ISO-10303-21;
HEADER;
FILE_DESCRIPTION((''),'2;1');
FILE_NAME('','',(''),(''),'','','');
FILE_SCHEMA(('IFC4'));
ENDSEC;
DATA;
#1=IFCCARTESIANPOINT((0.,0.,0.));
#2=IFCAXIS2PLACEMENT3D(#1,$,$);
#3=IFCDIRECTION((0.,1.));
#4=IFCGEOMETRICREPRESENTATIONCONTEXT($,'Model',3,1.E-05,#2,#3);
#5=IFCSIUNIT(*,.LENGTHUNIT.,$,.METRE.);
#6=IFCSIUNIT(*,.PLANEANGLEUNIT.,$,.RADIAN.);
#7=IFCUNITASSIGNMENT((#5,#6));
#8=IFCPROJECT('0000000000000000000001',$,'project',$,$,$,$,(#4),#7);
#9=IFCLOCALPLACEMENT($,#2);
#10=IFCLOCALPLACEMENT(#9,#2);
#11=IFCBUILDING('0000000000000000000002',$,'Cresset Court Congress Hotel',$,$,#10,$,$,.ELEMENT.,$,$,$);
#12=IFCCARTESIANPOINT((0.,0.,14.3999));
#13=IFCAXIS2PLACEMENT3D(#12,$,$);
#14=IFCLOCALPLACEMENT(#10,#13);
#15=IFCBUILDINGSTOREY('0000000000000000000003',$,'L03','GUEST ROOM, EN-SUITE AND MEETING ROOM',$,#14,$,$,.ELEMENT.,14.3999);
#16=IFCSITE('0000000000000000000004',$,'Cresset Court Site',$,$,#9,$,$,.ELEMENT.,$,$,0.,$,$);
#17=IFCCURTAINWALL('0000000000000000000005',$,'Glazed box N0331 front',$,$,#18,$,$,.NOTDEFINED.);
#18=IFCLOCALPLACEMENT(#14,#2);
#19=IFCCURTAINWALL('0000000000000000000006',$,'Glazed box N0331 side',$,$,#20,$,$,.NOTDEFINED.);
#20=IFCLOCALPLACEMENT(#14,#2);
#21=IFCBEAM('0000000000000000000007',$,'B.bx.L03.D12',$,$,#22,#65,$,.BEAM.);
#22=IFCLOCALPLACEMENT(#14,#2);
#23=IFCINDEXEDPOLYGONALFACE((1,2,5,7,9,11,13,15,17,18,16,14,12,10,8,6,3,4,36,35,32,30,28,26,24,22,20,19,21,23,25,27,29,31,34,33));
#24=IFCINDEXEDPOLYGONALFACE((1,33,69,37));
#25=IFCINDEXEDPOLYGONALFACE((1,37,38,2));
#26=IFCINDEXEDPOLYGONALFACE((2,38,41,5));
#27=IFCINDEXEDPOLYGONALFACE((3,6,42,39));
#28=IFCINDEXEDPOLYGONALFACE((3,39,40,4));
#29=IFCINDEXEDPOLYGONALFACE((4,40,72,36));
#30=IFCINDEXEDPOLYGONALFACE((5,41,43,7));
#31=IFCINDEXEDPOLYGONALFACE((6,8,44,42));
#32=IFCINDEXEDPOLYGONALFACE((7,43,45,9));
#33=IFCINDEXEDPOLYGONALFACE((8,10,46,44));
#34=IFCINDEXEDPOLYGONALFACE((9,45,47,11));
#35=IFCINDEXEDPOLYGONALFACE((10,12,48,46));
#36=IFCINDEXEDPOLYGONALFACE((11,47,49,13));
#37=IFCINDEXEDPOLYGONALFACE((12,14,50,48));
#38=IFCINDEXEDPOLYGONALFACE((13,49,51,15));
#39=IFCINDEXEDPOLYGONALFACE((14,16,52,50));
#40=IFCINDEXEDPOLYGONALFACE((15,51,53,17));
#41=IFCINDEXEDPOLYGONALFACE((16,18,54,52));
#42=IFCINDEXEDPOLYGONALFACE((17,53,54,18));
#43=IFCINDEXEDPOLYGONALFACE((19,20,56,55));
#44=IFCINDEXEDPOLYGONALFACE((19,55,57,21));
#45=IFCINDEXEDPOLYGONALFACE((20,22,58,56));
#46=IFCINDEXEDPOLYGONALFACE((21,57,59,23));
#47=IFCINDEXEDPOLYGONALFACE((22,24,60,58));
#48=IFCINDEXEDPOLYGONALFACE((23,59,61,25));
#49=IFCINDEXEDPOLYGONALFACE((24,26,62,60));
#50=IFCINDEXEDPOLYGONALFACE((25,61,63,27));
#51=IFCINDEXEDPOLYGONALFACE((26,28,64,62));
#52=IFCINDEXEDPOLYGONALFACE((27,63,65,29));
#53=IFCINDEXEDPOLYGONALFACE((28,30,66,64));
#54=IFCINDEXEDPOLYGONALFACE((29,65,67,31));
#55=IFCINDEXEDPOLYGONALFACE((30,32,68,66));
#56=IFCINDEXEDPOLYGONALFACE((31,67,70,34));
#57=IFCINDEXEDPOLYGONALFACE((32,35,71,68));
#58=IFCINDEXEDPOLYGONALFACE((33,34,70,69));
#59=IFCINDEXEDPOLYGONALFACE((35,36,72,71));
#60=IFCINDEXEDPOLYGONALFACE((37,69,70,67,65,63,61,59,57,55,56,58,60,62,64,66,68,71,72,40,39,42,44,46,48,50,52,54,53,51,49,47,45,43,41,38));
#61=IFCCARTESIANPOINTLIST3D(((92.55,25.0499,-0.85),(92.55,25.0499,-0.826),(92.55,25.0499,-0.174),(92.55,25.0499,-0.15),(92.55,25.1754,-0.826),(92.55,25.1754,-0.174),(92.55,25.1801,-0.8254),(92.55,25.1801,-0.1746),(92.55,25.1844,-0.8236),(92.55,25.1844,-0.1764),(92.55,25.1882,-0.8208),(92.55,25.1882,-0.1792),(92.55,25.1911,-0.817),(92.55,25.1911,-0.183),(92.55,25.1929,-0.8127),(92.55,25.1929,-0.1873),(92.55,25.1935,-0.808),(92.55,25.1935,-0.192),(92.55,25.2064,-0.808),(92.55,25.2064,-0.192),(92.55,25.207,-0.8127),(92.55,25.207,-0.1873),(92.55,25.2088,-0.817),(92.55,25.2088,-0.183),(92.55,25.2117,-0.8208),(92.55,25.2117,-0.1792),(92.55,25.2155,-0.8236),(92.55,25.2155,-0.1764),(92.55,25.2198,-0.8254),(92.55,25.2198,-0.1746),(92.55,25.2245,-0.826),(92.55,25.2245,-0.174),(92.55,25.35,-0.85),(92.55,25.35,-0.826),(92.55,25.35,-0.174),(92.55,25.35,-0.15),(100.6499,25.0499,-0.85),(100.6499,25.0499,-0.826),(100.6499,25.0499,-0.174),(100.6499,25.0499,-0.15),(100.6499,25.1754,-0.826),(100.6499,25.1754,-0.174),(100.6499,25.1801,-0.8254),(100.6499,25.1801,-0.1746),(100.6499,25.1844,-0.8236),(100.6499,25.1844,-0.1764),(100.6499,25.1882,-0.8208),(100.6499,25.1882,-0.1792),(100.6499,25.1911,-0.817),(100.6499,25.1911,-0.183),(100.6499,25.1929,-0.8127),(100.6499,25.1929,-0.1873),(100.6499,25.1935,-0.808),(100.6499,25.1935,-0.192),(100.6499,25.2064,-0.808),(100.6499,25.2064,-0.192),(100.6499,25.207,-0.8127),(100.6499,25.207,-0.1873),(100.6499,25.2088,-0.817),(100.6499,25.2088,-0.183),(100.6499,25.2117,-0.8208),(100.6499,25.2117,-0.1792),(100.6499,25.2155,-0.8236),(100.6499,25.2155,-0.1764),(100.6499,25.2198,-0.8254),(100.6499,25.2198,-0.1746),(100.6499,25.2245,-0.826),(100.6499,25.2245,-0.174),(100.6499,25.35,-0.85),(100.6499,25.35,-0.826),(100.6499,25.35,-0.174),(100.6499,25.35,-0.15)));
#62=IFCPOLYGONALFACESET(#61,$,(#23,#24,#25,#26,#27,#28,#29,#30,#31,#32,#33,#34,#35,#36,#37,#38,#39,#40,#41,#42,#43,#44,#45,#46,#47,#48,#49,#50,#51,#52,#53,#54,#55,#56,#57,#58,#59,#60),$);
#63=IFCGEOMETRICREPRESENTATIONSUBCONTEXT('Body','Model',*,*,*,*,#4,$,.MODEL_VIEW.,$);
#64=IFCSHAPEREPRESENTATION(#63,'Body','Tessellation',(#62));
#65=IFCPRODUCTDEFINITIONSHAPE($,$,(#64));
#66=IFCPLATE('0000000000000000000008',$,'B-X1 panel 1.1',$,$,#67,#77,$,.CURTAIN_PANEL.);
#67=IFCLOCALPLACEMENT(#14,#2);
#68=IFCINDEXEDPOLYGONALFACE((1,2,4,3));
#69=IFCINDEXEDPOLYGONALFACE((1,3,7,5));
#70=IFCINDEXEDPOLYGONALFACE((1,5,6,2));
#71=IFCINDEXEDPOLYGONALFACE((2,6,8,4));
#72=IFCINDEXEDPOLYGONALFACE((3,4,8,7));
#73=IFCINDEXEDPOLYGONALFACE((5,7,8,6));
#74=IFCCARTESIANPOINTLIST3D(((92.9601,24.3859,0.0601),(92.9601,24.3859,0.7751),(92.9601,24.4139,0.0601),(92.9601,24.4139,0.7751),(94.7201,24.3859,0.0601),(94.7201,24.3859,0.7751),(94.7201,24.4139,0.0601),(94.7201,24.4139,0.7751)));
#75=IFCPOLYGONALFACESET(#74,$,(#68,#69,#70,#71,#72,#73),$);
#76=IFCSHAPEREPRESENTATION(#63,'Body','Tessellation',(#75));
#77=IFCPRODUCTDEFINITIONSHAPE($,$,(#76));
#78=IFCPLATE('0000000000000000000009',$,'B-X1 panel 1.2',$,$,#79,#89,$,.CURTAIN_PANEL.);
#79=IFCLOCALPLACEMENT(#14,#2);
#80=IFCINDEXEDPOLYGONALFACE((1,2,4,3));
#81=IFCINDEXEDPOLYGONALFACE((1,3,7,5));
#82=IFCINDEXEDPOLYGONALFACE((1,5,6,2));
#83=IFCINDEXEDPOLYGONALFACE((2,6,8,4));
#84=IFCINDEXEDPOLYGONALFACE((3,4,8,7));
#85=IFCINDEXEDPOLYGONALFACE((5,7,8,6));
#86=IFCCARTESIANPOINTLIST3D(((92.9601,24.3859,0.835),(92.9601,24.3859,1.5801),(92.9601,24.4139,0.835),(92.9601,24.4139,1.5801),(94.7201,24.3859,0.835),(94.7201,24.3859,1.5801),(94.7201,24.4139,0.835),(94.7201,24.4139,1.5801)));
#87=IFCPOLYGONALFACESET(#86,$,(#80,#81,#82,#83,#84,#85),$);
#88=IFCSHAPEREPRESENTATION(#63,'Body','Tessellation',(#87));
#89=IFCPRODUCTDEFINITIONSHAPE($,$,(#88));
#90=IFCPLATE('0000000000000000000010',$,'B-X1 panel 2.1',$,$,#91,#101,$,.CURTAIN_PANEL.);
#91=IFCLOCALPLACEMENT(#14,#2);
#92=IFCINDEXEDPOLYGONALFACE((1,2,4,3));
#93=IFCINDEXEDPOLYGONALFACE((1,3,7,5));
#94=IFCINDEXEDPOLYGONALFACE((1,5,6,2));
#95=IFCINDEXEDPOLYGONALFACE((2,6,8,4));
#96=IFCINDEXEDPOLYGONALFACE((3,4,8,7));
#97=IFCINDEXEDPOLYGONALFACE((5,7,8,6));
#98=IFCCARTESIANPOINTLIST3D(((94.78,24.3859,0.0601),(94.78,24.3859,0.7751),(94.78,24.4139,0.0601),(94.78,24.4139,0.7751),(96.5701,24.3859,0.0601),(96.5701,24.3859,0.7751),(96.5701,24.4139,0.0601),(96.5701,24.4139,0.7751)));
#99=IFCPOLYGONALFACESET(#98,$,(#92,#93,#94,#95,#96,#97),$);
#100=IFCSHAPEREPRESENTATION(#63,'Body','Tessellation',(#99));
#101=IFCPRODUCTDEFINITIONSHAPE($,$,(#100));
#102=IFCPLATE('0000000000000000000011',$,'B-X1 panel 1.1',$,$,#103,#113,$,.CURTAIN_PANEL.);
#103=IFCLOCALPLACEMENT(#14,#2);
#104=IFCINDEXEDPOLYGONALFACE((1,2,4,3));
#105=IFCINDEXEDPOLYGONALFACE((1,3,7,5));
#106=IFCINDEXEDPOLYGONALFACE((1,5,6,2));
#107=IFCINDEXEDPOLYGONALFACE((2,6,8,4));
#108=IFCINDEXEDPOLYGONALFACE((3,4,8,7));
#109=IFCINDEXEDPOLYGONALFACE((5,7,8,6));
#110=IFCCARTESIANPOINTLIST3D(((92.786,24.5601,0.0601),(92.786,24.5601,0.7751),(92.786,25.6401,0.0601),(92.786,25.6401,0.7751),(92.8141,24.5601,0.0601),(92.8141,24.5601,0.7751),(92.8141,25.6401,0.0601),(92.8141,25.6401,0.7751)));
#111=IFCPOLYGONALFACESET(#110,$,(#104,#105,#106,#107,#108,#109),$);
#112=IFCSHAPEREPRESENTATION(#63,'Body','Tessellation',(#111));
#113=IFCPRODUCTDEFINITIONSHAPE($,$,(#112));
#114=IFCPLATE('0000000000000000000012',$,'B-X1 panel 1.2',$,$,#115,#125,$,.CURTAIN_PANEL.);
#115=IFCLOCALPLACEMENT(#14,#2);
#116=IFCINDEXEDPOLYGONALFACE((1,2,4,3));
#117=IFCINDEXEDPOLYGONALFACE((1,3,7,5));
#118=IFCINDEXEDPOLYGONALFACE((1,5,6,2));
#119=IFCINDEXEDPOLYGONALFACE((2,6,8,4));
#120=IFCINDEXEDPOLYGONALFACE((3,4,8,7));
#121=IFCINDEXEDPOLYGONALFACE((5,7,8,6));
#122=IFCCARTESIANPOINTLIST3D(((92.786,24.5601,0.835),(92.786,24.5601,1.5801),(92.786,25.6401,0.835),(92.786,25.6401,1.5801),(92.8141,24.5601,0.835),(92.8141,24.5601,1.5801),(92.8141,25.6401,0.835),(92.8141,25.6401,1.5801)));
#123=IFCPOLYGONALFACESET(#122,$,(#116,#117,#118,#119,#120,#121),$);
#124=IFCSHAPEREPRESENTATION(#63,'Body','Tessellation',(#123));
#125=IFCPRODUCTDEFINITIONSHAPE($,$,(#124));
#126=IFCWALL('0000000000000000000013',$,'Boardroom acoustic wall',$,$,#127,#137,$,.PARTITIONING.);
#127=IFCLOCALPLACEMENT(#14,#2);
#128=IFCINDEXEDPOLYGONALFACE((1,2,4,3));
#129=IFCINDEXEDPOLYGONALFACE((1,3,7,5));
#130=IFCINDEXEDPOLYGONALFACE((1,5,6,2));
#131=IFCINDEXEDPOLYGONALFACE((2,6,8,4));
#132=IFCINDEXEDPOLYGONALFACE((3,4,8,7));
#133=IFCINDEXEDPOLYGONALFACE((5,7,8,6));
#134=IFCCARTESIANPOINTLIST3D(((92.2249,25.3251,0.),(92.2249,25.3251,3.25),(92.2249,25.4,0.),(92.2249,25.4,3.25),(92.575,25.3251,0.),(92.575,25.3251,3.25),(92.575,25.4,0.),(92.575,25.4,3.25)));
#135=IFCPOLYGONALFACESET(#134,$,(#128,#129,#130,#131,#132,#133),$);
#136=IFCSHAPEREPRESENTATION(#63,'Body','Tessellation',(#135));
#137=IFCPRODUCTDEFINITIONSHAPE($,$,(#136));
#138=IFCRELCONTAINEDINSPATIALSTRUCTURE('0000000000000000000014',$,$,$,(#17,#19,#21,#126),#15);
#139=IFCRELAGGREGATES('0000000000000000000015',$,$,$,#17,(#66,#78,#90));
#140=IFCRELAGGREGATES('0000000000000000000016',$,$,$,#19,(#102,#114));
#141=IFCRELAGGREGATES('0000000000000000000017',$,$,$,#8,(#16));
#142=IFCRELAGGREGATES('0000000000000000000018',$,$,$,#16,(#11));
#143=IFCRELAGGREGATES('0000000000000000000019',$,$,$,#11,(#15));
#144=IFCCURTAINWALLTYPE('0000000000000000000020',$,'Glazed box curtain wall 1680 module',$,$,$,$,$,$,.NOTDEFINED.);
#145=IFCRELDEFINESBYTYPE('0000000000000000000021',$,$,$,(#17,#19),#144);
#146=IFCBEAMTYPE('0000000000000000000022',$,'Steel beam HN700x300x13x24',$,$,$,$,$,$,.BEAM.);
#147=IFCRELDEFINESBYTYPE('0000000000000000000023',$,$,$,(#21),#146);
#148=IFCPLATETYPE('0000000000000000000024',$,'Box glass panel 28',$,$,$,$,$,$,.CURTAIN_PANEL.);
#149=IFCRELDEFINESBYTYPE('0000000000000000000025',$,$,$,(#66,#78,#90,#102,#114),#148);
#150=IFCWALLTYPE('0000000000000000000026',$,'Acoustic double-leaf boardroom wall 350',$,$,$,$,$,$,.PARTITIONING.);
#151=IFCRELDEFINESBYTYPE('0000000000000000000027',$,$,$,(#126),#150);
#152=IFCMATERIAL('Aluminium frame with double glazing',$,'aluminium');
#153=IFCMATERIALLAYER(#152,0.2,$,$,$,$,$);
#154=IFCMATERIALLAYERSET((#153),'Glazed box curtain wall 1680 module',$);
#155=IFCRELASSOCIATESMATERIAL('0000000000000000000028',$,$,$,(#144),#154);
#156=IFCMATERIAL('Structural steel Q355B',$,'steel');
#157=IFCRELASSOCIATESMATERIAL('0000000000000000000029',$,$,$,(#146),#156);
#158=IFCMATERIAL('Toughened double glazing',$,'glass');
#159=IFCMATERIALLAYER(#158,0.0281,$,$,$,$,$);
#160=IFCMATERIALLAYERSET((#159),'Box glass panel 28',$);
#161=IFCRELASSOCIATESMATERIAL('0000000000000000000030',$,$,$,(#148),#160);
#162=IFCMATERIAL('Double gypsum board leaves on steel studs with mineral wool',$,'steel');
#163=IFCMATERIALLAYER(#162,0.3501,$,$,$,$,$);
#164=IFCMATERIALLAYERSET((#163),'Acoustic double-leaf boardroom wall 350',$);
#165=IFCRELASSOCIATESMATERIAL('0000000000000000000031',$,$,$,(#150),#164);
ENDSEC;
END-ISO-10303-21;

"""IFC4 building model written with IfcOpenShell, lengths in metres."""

from ifc_helpers import new_model, si_unit, direction, frame, frame_2d, origin, origin_2d, place, context, subcontext, project, spatial, rectangle, i_section, extrude, material, layer, layer_set, material_profile, profile_set, type_object, element, aggregate, save


model = new_model("IFC4")

# Units and contexts
model_context = context("Model", 3, precision=1e-05, world=origin(), true_north=direction((0.0, 1.0)))
body_context = subcontext(model_context, "Body", "Model", "MODEL_VIEW")
ifc_project = project(units=[si_unit("LENGTHUNIT", "METRE"), si_unit("PLANEANGLEUNIT", "RADIAN")], contexts=[model_context])

# Site, building, storey
site_placement = place(None, origin())
site = spatial("IfcSite", under=ifc_project, at=site_placement, Name="Cresset Court Site", CompositionType="ELEMENT", RefElevation=0.0)
building_placement = place(site_placement, origin())
building = spatial("IfcBuilding", under=site, at=building_placement, Name="Cresset Court Congress Hotel", CompositionType="ELEMENT")
storey_placement = place(building_placement, frame((0.0, 0.0, 14.3999)))
storey = spatial("IfcBuildingStorey", under=building, at=storey_placement, Name="L03", Description="GUEST ROOM, EN-SUITE AND MEETING ROOM", CompositionType="ELEMENT", Elevation=14.3999)

# Curtain walls
ifc_material_1 = material(Name="Aluminium frame with double glazing", Category="aluminium")
ifc_layer_1 = layer(ifc_material_1, 0.2)
ifc_layer_set_1 = layer_set([ifc_layer_1], Name="Glazed box curtain wall 1680 module")
curtain_wall_type = type_object("IfcCurtainWallType", Name="Glazed box curtain wall 1680 module", PredefinedType="NOTDEFINED", material=ifc_layer_set_1)
curtain_wall_1_placement = place(storey_placement, origin())
curtain_wall_1 = element("IfcCurtainWall", 1, at=curtain_wall_1_placement, inside=storey, type_object=curtain_wall_type, Name="Glazed box N0331 front", PredefinedType="NOTDEFINED")
curtain_wall_2_placement = place(storey_placement, origin())
curtain_wall_2 = element("IfcCurtainWall", 2, at=curtain_wall_2_placement, inside=storey, type_object=curtain_wall_type, Name="Glazed box N0331 side", PredefinedType="NOTDEFINED")

# Beam
ifc_material_2 = material(Name="Structural steel Q355B", Category="steel")
ifc_material_profile_1 = material_profile(ifc_material_2, i_section(OverallWidth=0.3, OverallDepth=0.7, WebThickness=0.0129, FlangeThickness=0.0239, FilletRadius=0.0181, at=origin_2d()), Name="HN700x300x13x24")
ifc_profile_set_1 = profile_set([ifc_material_profile_1], Name="Structural steel Q355B")
beam_type = type_object("IfcBeamType", Name="Steel beam HN700x300x13x24", PredefinedType="BEAM", material=ifc_profile_set_1)
beam_placement = place(storey_placement, frame((92.55, 25.2, -0.5), z_axis=(1.0, 0.0, 0.0), x_axis=(0.0, 1.0, 0.0)))
element("IfcBeam", 3, at=beam_placement, inside=storey, type_object=beam_type, Name="B.bx.L03.D12", PredefinedType="BEAM", context=body_context, shape_type="SweptSolid", body=[
    extrude(i_section(OverallWidth=0.3, OverallDepth=0.7, WebThickness=0.0129, FlangeThickness=0.0239, FilletRadius=0.0181, at=origin_2d()), origin(), (0.0, 0.0, 1.0), 8.0999),
])

# Plates
ifc_material_3 = material(Name="Toughened double glazing", Category="glass")
ifc_layer_2 = layer(ifc_material_3, 0.0281)
ifc_layer_set_2 = layer_set([ifc_layer_2], Name="Box glass panel 28")
plate_type = type_object("IfcPlateType", Name="Box glass panel 28", PredefinedType="CURTAIN_PANEL", material=ifc_layer_set_2)
plate_1_placement = place(storey_placement, frame((93.8401, 24.3999, 0.0601), z_axis=(0.0, 0.0, 1.0), x_axis=(1.0, 0.0, 0.0)))
plate_1 = element("IfcPlate", 4, at=plate_1_placement, type_object=plate_type, Name="B-X1 panel 1.1", PredefinedType="CURTAIN_PANEL", context=body_context, shape_type="SweptSolid", body=[
    extrude(rectangle(XDim=1.76, YDim=0.0281, at=origin_2d()), origin(), (0.0, 0.0, 1.0), 0.7151),
])
plate_2_placement = place(storey_placement, frame((93.8401, 24.3999, 0.835), z_axis=(0.0, 0.0, 1.0), x_axis=(1.0, 0.0, 0.0)))
plate_2 = element("IfcPlate", 5, at=plate_2_placement, type_object=plate_type, Name="B-X1 panel 1.2", PredefinedType="CURTAIN_PANEL", context=body_context, shape_type="SweptSolid", body=[
    extrude(rectangle(XDim=1.76, YDim=0.0281, at=origin_2d()), origin(), (0.0, 0.0, 1.0), 0.7451),
])
plate_3_placement = place(storey_placement, frame((95.675, 24.3999, 0.0601), z_axis=(0.0, 0.0, 1.0), x_axis=(1.0, 0.0, 0.0)))
plate_3 = element("IfcPlate", 6, at=plate_3_placement, type_object=plate_type, Name="B-X1 panel 2.1", PredefinedType="CURTAIN_PANEL", context=body_context, shape_type="SweptSolid", body=[
    extrude(rectangle(XDim=1.79, YDim=0.0281, at=origin_2d()), origin(), (0.0, 0.0, 1.0), 0.7151),
])
aggregate(curtain_wall_1, [plate_1, plate_2, plate_3])
plate_4_placement = place(storey_placement, frame((92.8, 25.1001, 0.0601), z_axis=(0.0, 0.0, 1.0), x_axis=(0.0, -1.0, 0.0)))
plate_4 = element("IfcPlate", 7, at=plate_4_placement, type_object=plate_type, Name="B-X1 panel 1.1", PredefinedType="CURTAIN_PANEL", context=body_context, shape_type="SweptSolid", body=[
    extrude(rectangle(XDim=1.0801, YDim=0.0281, at=origin_2d()), origin(), (0.0, 0.0, 1.0), 0.7151),
])
plate_5_placement = place(storey_placement, frame((92.8, 25.1001, 0.835), z_axis=(0.0, 0.0, 1.0), x_axis=(0.0, -1.0, 0.0)))
plate_5 = element("IfcPlate", 8, at=plate_5_placement, type_object=plate_type, Name="B-X1 panel 1.2", PredefinedType="CURTAIN_PANEL", context=body_context, shape_type="SweptSolid", body=[
    extrude(rectangle(XDim=1.0801, YDim=0.0281, at=origin_2d()), origin(), (0.0, 0.0, 1.0), 0.7451),
])
aggregate(curtain_wall_2, [plate_4, plate_5])

# Wall
ifc_material_4 = material(Name="Double gypsum board leaves on steel studs with mineral wool", Category="steel")
ifc_layer_3 = layer(ifc_material_4, 0.3501)
ifc_layer_set_3 = layer_set([ifc_layer_3], Name="Acoustic double-leaf boardroom wall 350")
wall_type = type_object("IfcWallType", Name="Acoustic double-leaf boardroom wall 350", PredefinedType="PARTITIONING", material=ifc_layer_set_3)
wall_placement = place(storey_placement, frame((92.3999, 25.325, 0.0), z_axis=(0.0, 0.0, 1.0), x_axis=(0.0, 1.0, 0.0)))
element("IfcWall", 9, at=wall_placement, inside=storey, type_object=wall_type, Name="Boardroom acoustic wall", PredefinedType="PARTITIONING", context=body_context, shape_type="SweptSolid", body=[
    extrude(rectangle(XDim=0.075, YDim=0.3501, at=frame_2d((0.0376, 0.0))), origin(), (0.0, 0.0, 1.0), 3.25),
])

save(model, "model.ifc")
